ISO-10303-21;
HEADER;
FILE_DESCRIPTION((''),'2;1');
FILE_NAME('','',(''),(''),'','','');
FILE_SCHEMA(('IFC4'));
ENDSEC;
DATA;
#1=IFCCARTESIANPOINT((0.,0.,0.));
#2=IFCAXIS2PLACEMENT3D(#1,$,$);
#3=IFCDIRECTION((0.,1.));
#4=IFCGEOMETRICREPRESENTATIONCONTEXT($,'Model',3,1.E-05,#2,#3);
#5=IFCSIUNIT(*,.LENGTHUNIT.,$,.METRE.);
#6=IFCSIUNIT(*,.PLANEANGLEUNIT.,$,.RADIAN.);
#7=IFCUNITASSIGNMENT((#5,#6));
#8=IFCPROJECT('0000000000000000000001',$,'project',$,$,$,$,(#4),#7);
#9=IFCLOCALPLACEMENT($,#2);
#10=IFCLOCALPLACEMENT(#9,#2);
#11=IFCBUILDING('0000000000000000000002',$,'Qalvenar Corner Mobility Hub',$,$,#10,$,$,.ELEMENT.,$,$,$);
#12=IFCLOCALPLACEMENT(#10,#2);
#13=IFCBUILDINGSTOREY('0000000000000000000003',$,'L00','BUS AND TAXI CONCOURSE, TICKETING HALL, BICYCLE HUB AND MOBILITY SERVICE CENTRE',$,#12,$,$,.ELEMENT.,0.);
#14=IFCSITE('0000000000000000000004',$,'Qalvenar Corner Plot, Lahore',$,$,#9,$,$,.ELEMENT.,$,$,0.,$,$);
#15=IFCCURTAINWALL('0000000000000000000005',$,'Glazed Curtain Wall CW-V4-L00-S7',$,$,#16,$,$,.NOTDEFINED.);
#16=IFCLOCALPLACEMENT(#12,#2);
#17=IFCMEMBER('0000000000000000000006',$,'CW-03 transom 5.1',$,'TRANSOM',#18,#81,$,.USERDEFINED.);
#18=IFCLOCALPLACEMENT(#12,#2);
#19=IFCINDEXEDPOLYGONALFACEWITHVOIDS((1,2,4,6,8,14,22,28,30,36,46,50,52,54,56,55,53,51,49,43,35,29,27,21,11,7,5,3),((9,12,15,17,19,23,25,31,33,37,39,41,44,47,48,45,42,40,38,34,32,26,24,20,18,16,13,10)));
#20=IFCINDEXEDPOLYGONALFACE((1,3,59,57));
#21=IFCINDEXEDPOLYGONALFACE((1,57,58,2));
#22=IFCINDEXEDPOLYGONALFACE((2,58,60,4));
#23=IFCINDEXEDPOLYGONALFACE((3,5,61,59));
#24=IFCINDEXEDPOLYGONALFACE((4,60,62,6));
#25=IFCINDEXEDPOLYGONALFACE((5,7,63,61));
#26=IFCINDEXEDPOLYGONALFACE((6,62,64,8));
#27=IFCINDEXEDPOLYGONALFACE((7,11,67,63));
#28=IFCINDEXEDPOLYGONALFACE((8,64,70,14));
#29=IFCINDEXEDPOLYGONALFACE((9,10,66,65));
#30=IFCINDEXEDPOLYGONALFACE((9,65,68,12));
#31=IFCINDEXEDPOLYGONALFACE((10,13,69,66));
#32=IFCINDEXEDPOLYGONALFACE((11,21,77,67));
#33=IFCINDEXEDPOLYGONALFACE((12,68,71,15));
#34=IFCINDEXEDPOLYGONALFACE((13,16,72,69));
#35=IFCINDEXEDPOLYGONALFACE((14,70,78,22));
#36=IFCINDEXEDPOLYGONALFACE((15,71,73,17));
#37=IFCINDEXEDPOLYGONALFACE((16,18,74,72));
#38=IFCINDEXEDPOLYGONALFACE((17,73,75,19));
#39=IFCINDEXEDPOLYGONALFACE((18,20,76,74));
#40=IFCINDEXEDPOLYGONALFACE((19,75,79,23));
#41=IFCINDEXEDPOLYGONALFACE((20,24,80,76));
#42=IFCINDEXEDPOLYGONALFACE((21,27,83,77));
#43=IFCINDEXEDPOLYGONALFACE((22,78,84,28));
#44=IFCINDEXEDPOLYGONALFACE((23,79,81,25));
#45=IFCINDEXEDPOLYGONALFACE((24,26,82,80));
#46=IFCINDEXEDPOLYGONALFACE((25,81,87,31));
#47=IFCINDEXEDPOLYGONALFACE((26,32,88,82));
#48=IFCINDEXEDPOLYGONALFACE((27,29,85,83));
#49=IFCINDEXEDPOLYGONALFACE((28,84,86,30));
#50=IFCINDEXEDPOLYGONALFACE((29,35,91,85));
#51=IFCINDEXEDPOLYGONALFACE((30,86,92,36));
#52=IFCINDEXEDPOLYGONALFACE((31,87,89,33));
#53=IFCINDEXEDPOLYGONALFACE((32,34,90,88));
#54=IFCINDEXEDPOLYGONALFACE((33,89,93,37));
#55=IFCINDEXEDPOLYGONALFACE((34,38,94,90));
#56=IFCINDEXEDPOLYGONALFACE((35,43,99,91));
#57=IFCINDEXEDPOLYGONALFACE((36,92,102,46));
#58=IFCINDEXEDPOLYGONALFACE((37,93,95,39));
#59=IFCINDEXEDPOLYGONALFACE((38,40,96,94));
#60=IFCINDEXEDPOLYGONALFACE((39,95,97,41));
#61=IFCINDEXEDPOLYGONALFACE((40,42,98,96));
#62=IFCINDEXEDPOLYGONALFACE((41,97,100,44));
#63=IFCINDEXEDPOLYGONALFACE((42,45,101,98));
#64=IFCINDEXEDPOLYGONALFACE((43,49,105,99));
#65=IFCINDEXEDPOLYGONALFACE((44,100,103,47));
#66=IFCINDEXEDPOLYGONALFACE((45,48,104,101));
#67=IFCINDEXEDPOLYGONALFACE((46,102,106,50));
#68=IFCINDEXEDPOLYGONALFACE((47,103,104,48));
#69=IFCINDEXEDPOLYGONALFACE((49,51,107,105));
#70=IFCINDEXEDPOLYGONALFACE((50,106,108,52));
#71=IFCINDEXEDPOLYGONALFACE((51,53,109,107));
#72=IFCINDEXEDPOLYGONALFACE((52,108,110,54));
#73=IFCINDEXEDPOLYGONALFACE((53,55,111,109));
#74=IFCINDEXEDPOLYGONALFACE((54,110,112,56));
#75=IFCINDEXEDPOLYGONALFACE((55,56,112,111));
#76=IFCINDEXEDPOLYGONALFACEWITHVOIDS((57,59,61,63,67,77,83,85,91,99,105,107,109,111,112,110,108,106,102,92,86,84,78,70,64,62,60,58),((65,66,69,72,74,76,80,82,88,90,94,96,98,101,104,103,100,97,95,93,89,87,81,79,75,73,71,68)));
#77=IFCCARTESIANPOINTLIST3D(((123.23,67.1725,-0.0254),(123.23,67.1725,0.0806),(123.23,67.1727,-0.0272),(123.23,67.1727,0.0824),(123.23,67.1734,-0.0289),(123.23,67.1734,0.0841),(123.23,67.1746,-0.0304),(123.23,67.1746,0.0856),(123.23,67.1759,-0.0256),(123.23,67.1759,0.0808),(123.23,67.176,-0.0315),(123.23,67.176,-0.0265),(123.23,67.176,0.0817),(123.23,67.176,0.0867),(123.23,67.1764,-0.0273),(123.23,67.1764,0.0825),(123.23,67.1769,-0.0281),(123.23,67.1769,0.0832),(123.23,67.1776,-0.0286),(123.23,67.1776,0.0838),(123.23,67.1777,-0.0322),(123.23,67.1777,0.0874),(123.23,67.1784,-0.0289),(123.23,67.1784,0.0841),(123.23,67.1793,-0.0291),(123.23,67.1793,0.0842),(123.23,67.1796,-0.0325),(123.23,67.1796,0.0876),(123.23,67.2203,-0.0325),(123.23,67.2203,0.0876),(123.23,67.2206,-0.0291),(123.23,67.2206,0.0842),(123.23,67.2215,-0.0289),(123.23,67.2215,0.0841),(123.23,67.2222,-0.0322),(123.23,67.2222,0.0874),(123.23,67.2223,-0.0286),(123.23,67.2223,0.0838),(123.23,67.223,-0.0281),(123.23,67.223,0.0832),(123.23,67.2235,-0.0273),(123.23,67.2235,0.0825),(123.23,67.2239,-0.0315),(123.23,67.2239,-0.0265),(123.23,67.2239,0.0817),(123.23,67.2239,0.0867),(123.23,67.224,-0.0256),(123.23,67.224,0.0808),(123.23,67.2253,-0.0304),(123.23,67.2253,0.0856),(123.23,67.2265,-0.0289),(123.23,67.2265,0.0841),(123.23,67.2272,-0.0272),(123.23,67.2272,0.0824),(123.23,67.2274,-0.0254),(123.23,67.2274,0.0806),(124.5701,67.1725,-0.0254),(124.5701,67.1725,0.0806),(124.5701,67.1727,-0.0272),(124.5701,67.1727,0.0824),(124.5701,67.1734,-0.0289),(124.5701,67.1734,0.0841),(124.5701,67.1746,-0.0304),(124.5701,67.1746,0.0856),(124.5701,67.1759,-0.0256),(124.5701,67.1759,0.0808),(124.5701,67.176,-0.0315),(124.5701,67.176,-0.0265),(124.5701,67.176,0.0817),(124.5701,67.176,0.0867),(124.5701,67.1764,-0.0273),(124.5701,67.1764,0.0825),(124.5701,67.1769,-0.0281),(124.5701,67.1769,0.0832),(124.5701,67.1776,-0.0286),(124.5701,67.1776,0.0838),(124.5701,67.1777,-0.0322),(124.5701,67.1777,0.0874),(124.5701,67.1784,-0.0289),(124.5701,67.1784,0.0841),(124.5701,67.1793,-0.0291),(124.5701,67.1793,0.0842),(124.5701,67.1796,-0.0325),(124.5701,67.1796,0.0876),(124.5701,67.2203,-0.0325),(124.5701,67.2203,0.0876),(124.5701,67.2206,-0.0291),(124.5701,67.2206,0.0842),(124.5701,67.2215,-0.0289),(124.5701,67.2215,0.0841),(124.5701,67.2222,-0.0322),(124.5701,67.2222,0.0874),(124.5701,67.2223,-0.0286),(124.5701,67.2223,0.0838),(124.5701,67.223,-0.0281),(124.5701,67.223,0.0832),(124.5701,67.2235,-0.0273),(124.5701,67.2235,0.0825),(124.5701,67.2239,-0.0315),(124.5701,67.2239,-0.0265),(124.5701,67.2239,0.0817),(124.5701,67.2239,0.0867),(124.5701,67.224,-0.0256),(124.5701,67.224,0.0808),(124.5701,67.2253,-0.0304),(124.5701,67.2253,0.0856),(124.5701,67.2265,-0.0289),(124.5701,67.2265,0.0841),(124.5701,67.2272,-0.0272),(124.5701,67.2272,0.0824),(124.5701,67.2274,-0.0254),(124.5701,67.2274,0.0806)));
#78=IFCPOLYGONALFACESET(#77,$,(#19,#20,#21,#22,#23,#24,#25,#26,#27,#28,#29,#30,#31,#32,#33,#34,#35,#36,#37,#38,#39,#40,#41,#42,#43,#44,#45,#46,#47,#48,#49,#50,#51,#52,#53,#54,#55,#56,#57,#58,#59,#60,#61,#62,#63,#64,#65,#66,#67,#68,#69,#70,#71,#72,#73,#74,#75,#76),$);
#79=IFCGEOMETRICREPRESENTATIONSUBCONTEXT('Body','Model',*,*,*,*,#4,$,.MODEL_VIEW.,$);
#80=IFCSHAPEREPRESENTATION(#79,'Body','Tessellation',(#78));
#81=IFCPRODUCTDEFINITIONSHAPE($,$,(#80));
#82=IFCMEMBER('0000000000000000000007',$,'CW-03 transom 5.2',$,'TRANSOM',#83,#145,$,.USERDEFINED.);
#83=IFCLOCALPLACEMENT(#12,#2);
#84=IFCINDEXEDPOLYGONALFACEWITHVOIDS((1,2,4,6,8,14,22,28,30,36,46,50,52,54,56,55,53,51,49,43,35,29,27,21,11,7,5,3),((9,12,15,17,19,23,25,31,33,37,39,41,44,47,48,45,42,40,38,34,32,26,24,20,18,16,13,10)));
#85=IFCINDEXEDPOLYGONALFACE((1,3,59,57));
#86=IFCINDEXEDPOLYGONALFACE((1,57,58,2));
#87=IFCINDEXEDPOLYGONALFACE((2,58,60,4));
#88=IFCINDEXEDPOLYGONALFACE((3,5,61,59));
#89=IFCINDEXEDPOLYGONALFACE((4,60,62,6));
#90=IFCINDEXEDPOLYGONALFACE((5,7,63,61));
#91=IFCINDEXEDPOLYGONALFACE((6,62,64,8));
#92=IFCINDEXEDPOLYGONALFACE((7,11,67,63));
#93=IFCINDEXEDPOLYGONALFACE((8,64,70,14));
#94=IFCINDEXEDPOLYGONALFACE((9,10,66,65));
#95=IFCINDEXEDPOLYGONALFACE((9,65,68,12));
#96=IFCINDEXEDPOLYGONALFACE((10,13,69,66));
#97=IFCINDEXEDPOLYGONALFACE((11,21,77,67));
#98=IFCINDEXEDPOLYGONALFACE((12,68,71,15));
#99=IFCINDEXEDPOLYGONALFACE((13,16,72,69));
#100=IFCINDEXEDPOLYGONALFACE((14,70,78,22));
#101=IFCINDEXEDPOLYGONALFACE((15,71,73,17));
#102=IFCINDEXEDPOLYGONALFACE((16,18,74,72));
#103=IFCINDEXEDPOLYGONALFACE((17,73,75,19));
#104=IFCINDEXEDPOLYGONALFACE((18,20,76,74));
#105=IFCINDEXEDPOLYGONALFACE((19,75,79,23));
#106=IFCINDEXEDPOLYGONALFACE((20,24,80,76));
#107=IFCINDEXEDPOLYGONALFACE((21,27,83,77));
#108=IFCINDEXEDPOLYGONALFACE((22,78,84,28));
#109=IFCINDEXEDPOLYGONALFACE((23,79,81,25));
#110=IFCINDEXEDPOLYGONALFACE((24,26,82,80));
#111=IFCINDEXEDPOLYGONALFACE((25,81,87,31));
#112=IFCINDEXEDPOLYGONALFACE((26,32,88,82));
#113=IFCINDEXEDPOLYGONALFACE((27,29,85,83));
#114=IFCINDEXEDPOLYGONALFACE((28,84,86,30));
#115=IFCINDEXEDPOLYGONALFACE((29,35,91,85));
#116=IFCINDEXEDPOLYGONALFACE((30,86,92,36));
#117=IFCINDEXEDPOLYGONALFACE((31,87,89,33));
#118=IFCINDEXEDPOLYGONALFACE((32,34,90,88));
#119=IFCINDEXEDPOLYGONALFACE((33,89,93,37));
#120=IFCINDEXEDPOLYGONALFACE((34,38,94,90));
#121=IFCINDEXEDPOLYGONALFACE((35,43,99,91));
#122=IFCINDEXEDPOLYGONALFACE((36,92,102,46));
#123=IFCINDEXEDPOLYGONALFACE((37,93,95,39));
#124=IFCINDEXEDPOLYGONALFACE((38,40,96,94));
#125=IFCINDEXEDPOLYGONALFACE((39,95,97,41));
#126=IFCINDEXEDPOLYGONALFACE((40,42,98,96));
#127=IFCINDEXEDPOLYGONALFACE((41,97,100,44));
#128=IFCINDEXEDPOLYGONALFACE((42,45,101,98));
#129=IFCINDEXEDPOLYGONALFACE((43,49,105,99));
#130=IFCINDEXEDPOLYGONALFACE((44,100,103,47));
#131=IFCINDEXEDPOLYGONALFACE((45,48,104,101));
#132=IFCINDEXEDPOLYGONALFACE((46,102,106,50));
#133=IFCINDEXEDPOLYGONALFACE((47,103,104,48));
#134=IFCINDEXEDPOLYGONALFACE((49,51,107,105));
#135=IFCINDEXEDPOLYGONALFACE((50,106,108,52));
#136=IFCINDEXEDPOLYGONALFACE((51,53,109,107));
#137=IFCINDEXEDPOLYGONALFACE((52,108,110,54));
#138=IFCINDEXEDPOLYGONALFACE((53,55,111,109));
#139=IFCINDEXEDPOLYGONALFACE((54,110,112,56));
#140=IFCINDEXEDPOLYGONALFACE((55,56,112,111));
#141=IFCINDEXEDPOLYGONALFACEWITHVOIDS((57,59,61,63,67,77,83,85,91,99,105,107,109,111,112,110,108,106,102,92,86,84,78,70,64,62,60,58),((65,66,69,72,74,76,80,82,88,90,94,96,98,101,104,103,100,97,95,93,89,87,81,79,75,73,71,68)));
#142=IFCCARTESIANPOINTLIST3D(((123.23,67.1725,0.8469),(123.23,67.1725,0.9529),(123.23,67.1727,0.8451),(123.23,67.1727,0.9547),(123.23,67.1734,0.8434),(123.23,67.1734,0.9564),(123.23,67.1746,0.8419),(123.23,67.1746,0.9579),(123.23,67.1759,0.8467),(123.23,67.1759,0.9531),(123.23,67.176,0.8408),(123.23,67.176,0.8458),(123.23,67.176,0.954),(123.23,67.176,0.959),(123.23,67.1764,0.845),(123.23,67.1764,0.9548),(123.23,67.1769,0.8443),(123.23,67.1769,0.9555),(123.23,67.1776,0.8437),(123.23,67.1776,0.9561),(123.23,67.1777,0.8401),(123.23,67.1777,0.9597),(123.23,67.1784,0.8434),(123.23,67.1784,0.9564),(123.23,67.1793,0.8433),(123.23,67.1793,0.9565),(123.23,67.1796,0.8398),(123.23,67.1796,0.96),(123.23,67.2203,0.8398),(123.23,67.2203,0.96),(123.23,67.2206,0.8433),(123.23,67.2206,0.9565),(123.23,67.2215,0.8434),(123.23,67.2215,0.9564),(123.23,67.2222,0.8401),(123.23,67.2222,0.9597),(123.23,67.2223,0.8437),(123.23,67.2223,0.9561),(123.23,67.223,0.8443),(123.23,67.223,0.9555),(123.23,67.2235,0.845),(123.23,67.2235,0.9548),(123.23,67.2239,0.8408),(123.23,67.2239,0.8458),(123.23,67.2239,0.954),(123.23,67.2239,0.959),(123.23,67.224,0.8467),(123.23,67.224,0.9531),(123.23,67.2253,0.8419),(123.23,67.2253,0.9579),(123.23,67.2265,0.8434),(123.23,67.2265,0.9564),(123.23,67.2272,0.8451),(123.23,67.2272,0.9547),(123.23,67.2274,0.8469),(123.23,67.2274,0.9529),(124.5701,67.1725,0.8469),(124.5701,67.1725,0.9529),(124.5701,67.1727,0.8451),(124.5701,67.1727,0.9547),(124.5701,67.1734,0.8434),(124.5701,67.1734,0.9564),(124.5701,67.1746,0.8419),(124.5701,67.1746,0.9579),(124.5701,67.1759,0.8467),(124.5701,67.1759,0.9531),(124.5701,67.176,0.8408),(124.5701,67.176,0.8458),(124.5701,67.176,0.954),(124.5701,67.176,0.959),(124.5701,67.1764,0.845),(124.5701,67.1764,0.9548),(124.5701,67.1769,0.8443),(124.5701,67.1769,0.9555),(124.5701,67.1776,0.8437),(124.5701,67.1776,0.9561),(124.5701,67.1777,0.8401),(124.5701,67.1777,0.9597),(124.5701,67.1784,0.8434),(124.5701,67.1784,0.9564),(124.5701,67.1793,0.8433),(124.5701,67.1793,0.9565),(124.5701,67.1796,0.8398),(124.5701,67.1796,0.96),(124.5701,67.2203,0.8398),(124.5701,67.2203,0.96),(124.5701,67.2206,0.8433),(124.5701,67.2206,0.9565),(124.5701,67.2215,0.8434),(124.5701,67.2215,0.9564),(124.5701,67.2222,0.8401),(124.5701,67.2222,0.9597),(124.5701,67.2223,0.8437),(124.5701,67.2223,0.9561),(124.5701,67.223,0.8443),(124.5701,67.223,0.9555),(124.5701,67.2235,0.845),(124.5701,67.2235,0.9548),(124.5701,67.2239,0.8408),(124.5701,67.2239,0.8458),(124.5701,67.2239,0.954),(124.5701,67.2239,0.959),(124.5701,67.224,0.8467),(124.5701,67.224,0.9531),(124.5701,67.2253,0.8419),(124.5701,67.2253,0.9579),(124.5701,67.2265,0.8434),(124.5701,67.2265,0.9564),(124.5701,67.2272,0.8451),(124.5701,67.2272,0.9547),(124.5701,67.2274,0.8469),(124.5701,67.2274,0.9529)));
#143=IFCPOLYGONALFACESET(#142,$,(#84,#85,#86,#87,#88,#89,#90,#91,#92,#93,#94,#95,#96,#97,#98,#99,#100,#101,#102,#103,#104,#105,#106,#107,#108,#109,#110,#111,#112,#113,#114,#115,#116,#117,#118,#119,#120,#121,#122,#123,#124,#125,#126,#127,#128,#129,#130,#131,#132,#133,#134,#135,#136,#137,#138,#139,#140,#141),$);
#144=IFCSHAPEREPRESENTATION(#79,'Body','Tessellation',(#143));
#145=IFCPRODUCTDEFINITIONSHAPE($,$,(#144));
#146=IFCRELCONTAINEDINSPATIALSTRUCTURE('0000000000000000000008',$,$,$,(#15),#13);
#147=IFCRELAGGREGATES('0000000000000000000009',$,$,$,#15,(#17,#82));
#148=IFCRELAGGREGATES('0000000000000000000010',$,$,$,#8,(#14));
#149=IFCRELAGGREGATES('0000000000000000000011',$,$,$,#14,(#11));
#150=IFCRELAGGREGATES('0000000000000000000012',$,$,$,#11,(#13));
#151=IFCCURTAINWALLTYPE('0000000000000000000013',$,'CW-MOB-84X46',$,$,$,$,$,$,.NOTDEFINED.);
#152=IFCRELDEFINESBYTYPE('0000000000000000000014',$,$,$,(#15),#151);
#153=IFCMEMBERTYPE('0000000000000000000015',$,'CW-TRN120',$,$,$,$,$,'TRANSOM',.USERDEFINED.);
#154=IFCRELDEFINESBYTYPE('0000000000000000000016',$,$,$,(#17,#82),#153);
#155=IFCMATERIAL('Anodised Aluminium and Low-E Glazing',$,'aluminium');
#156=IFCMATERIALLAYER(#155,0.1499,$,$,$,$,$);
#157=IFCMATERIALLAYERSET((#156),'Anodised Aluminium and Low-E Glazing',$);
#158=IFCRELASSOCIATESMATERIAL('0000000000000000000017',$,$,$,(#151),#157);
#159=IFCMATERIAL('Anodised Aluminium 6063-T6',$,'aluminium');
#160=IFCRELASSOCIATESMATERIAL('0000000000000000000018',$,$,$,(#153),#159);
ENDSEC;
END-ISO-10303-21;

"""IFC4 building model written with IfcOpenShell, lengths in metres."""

from ifc_helpers import new_model, si_unit, direction, frame, origin, origin_2d, place, context, subcontext, project, spatial, hollow_rectangle, extrude, material, layer, layer_set, material_profile, profile_set, type_object, element, aggregate, save


model = new_model("IFC4")

# Units and contexts
model_context = context("Model", 3, precision=1e-05, world=origin(), true_north=direction((0.0, 1.0)))
body_context = subcontext(model_context, "Body", "Model", "MODEL_VIEW")
ifc_project = project(units=[si_unit("LENGTHUNIT", "METRE"), si_unit("PLANEANGLEUNIT", "RADIAN")], contexts=[model_context])

# Site, building, storey
site_placement = place(None, origin())
site = spatial("IfcSite", under=ifc_project, at=site_placement, Name="Qalvenar Corner Plot, Lahore", CompositionType="ELEMENT", RefElevation=0.0)
building_placement = place(site_placement, origin())
building = spatial("IfcBuilding", under=site, at=building_placement, Name="Qalvenar Corner Mobility Hub", CompositionType="ELEMENT")
storey_placement = place(building_placement, origin())
storey = spatial("IfcBuildingStorey", under=building, at=storey_placement, Name="L00", Description="BUS AND TAXI CONCOURSE, TICKETING HALL, BICYCLE HUB AND MOBILITY SERVICE CENTRE", CompositionType="ELEMENT", Elevation=0.0)

# Curtain wall, members
ifc_material_1 = material(Name="Anodised Aluminium and Low-E Glazing", Category="aluminium")
ifc_layer_1 = layer(ifc_material_1, 0.1499)
ifc_layer_set_1 = layer_set([ifc_layer_1], Name="Anodised Aluminium and Low-E Glazing")
curtain_wall_type = type_object("IfcCurtainWallType", Name="CW-MOB-84X46", PredefinedType="NOTDEFINED", material=ifc_layer_set_1)
curtain_wall_placement = place(storey_placement, origin())
curtain_wall = element("IfcCurtainWall", 1, at=curtain_wall_placement, inside=storey, type_object=curtain_wall_type, Name="Glazed Curtain Wall CW-V4-L00-S7", PredefinedType="NOTDEFINED")
ifc_material_2 = material(Name="Anodised Aluminium 6063-T6", Category="aluminium")
ifc_material_profile_1 = material_profile(ifc_material_2, hollow_rectangle(XDim=0.0549, YDim=0.1201, WallThickness=0.0034, InnerFilletRadius=0.0034, OuterFilletRadius=0.0071, at=origin_2d()), Name="RHS120x55x3.5")
ifc_profile_set_1 = profile_set([ifc_material_profile_1], Name="Anodised Aluminium 6063-T6")
member_type_1 = type_object("IfcMemberType", Name="CW-TRN120", ElementType="TRANSOM", PredefinedType="USERDEFINED", material=ifc_profile_set_1)
member_1_placement = place(storey_placement, frame((123.23, 67.2, 0.0276), z_axis=(1.0, 0.0, 0.0), x_axis=(0.0, 1.0, 0.0)))
member_1 = element("IfcMember", 2, at=member_1_placement, type_object=member_type_1, Name="CW-03 transom 5.1", ObjectType="TRANSOM", PredefinedType="USERDEFINED", context=body_context, shape_type="SweptSolid", body=[
    extrude(hollow_rectangle(XDim=0.0549, YDim=0.1201, WallThickness=0.0034, InnerFilletRadius=0.0034, OuterFilletRadius=0.0071, at=origin_2d()), origin(), (0.0, 0.0, 1.0), 1.3401),
])
member_2_placement = place(storey_placement, frame((123.23, 67.2, 0.8999), z_axis=(1.0, 0.0, 0.0), x_axis=(0.0, 1.0, 0.0)))
member_2 = element("IfcMember", 3, at=member_2_placement, type_object=member_type_1, Name="CW-03 transom 5.2", ObjectType="TRANSOM", PredefinedType="USERDEFINED", context=body_context, shape_type="SweptSolid", body=[
    extrude(hollow_rectangle(XDim=0.0549, YDim=0.1201, WallThickness=0.0034, InnerFilletRadius=0.0034, OuterFilletRadius=0.0071, at=origin_2d()), origin(), (0.0, 0.0, 1.0), 1.3401),
])
aggregate(curtain_wall, [member_1, member_2])

save(model, "model.ifc")
